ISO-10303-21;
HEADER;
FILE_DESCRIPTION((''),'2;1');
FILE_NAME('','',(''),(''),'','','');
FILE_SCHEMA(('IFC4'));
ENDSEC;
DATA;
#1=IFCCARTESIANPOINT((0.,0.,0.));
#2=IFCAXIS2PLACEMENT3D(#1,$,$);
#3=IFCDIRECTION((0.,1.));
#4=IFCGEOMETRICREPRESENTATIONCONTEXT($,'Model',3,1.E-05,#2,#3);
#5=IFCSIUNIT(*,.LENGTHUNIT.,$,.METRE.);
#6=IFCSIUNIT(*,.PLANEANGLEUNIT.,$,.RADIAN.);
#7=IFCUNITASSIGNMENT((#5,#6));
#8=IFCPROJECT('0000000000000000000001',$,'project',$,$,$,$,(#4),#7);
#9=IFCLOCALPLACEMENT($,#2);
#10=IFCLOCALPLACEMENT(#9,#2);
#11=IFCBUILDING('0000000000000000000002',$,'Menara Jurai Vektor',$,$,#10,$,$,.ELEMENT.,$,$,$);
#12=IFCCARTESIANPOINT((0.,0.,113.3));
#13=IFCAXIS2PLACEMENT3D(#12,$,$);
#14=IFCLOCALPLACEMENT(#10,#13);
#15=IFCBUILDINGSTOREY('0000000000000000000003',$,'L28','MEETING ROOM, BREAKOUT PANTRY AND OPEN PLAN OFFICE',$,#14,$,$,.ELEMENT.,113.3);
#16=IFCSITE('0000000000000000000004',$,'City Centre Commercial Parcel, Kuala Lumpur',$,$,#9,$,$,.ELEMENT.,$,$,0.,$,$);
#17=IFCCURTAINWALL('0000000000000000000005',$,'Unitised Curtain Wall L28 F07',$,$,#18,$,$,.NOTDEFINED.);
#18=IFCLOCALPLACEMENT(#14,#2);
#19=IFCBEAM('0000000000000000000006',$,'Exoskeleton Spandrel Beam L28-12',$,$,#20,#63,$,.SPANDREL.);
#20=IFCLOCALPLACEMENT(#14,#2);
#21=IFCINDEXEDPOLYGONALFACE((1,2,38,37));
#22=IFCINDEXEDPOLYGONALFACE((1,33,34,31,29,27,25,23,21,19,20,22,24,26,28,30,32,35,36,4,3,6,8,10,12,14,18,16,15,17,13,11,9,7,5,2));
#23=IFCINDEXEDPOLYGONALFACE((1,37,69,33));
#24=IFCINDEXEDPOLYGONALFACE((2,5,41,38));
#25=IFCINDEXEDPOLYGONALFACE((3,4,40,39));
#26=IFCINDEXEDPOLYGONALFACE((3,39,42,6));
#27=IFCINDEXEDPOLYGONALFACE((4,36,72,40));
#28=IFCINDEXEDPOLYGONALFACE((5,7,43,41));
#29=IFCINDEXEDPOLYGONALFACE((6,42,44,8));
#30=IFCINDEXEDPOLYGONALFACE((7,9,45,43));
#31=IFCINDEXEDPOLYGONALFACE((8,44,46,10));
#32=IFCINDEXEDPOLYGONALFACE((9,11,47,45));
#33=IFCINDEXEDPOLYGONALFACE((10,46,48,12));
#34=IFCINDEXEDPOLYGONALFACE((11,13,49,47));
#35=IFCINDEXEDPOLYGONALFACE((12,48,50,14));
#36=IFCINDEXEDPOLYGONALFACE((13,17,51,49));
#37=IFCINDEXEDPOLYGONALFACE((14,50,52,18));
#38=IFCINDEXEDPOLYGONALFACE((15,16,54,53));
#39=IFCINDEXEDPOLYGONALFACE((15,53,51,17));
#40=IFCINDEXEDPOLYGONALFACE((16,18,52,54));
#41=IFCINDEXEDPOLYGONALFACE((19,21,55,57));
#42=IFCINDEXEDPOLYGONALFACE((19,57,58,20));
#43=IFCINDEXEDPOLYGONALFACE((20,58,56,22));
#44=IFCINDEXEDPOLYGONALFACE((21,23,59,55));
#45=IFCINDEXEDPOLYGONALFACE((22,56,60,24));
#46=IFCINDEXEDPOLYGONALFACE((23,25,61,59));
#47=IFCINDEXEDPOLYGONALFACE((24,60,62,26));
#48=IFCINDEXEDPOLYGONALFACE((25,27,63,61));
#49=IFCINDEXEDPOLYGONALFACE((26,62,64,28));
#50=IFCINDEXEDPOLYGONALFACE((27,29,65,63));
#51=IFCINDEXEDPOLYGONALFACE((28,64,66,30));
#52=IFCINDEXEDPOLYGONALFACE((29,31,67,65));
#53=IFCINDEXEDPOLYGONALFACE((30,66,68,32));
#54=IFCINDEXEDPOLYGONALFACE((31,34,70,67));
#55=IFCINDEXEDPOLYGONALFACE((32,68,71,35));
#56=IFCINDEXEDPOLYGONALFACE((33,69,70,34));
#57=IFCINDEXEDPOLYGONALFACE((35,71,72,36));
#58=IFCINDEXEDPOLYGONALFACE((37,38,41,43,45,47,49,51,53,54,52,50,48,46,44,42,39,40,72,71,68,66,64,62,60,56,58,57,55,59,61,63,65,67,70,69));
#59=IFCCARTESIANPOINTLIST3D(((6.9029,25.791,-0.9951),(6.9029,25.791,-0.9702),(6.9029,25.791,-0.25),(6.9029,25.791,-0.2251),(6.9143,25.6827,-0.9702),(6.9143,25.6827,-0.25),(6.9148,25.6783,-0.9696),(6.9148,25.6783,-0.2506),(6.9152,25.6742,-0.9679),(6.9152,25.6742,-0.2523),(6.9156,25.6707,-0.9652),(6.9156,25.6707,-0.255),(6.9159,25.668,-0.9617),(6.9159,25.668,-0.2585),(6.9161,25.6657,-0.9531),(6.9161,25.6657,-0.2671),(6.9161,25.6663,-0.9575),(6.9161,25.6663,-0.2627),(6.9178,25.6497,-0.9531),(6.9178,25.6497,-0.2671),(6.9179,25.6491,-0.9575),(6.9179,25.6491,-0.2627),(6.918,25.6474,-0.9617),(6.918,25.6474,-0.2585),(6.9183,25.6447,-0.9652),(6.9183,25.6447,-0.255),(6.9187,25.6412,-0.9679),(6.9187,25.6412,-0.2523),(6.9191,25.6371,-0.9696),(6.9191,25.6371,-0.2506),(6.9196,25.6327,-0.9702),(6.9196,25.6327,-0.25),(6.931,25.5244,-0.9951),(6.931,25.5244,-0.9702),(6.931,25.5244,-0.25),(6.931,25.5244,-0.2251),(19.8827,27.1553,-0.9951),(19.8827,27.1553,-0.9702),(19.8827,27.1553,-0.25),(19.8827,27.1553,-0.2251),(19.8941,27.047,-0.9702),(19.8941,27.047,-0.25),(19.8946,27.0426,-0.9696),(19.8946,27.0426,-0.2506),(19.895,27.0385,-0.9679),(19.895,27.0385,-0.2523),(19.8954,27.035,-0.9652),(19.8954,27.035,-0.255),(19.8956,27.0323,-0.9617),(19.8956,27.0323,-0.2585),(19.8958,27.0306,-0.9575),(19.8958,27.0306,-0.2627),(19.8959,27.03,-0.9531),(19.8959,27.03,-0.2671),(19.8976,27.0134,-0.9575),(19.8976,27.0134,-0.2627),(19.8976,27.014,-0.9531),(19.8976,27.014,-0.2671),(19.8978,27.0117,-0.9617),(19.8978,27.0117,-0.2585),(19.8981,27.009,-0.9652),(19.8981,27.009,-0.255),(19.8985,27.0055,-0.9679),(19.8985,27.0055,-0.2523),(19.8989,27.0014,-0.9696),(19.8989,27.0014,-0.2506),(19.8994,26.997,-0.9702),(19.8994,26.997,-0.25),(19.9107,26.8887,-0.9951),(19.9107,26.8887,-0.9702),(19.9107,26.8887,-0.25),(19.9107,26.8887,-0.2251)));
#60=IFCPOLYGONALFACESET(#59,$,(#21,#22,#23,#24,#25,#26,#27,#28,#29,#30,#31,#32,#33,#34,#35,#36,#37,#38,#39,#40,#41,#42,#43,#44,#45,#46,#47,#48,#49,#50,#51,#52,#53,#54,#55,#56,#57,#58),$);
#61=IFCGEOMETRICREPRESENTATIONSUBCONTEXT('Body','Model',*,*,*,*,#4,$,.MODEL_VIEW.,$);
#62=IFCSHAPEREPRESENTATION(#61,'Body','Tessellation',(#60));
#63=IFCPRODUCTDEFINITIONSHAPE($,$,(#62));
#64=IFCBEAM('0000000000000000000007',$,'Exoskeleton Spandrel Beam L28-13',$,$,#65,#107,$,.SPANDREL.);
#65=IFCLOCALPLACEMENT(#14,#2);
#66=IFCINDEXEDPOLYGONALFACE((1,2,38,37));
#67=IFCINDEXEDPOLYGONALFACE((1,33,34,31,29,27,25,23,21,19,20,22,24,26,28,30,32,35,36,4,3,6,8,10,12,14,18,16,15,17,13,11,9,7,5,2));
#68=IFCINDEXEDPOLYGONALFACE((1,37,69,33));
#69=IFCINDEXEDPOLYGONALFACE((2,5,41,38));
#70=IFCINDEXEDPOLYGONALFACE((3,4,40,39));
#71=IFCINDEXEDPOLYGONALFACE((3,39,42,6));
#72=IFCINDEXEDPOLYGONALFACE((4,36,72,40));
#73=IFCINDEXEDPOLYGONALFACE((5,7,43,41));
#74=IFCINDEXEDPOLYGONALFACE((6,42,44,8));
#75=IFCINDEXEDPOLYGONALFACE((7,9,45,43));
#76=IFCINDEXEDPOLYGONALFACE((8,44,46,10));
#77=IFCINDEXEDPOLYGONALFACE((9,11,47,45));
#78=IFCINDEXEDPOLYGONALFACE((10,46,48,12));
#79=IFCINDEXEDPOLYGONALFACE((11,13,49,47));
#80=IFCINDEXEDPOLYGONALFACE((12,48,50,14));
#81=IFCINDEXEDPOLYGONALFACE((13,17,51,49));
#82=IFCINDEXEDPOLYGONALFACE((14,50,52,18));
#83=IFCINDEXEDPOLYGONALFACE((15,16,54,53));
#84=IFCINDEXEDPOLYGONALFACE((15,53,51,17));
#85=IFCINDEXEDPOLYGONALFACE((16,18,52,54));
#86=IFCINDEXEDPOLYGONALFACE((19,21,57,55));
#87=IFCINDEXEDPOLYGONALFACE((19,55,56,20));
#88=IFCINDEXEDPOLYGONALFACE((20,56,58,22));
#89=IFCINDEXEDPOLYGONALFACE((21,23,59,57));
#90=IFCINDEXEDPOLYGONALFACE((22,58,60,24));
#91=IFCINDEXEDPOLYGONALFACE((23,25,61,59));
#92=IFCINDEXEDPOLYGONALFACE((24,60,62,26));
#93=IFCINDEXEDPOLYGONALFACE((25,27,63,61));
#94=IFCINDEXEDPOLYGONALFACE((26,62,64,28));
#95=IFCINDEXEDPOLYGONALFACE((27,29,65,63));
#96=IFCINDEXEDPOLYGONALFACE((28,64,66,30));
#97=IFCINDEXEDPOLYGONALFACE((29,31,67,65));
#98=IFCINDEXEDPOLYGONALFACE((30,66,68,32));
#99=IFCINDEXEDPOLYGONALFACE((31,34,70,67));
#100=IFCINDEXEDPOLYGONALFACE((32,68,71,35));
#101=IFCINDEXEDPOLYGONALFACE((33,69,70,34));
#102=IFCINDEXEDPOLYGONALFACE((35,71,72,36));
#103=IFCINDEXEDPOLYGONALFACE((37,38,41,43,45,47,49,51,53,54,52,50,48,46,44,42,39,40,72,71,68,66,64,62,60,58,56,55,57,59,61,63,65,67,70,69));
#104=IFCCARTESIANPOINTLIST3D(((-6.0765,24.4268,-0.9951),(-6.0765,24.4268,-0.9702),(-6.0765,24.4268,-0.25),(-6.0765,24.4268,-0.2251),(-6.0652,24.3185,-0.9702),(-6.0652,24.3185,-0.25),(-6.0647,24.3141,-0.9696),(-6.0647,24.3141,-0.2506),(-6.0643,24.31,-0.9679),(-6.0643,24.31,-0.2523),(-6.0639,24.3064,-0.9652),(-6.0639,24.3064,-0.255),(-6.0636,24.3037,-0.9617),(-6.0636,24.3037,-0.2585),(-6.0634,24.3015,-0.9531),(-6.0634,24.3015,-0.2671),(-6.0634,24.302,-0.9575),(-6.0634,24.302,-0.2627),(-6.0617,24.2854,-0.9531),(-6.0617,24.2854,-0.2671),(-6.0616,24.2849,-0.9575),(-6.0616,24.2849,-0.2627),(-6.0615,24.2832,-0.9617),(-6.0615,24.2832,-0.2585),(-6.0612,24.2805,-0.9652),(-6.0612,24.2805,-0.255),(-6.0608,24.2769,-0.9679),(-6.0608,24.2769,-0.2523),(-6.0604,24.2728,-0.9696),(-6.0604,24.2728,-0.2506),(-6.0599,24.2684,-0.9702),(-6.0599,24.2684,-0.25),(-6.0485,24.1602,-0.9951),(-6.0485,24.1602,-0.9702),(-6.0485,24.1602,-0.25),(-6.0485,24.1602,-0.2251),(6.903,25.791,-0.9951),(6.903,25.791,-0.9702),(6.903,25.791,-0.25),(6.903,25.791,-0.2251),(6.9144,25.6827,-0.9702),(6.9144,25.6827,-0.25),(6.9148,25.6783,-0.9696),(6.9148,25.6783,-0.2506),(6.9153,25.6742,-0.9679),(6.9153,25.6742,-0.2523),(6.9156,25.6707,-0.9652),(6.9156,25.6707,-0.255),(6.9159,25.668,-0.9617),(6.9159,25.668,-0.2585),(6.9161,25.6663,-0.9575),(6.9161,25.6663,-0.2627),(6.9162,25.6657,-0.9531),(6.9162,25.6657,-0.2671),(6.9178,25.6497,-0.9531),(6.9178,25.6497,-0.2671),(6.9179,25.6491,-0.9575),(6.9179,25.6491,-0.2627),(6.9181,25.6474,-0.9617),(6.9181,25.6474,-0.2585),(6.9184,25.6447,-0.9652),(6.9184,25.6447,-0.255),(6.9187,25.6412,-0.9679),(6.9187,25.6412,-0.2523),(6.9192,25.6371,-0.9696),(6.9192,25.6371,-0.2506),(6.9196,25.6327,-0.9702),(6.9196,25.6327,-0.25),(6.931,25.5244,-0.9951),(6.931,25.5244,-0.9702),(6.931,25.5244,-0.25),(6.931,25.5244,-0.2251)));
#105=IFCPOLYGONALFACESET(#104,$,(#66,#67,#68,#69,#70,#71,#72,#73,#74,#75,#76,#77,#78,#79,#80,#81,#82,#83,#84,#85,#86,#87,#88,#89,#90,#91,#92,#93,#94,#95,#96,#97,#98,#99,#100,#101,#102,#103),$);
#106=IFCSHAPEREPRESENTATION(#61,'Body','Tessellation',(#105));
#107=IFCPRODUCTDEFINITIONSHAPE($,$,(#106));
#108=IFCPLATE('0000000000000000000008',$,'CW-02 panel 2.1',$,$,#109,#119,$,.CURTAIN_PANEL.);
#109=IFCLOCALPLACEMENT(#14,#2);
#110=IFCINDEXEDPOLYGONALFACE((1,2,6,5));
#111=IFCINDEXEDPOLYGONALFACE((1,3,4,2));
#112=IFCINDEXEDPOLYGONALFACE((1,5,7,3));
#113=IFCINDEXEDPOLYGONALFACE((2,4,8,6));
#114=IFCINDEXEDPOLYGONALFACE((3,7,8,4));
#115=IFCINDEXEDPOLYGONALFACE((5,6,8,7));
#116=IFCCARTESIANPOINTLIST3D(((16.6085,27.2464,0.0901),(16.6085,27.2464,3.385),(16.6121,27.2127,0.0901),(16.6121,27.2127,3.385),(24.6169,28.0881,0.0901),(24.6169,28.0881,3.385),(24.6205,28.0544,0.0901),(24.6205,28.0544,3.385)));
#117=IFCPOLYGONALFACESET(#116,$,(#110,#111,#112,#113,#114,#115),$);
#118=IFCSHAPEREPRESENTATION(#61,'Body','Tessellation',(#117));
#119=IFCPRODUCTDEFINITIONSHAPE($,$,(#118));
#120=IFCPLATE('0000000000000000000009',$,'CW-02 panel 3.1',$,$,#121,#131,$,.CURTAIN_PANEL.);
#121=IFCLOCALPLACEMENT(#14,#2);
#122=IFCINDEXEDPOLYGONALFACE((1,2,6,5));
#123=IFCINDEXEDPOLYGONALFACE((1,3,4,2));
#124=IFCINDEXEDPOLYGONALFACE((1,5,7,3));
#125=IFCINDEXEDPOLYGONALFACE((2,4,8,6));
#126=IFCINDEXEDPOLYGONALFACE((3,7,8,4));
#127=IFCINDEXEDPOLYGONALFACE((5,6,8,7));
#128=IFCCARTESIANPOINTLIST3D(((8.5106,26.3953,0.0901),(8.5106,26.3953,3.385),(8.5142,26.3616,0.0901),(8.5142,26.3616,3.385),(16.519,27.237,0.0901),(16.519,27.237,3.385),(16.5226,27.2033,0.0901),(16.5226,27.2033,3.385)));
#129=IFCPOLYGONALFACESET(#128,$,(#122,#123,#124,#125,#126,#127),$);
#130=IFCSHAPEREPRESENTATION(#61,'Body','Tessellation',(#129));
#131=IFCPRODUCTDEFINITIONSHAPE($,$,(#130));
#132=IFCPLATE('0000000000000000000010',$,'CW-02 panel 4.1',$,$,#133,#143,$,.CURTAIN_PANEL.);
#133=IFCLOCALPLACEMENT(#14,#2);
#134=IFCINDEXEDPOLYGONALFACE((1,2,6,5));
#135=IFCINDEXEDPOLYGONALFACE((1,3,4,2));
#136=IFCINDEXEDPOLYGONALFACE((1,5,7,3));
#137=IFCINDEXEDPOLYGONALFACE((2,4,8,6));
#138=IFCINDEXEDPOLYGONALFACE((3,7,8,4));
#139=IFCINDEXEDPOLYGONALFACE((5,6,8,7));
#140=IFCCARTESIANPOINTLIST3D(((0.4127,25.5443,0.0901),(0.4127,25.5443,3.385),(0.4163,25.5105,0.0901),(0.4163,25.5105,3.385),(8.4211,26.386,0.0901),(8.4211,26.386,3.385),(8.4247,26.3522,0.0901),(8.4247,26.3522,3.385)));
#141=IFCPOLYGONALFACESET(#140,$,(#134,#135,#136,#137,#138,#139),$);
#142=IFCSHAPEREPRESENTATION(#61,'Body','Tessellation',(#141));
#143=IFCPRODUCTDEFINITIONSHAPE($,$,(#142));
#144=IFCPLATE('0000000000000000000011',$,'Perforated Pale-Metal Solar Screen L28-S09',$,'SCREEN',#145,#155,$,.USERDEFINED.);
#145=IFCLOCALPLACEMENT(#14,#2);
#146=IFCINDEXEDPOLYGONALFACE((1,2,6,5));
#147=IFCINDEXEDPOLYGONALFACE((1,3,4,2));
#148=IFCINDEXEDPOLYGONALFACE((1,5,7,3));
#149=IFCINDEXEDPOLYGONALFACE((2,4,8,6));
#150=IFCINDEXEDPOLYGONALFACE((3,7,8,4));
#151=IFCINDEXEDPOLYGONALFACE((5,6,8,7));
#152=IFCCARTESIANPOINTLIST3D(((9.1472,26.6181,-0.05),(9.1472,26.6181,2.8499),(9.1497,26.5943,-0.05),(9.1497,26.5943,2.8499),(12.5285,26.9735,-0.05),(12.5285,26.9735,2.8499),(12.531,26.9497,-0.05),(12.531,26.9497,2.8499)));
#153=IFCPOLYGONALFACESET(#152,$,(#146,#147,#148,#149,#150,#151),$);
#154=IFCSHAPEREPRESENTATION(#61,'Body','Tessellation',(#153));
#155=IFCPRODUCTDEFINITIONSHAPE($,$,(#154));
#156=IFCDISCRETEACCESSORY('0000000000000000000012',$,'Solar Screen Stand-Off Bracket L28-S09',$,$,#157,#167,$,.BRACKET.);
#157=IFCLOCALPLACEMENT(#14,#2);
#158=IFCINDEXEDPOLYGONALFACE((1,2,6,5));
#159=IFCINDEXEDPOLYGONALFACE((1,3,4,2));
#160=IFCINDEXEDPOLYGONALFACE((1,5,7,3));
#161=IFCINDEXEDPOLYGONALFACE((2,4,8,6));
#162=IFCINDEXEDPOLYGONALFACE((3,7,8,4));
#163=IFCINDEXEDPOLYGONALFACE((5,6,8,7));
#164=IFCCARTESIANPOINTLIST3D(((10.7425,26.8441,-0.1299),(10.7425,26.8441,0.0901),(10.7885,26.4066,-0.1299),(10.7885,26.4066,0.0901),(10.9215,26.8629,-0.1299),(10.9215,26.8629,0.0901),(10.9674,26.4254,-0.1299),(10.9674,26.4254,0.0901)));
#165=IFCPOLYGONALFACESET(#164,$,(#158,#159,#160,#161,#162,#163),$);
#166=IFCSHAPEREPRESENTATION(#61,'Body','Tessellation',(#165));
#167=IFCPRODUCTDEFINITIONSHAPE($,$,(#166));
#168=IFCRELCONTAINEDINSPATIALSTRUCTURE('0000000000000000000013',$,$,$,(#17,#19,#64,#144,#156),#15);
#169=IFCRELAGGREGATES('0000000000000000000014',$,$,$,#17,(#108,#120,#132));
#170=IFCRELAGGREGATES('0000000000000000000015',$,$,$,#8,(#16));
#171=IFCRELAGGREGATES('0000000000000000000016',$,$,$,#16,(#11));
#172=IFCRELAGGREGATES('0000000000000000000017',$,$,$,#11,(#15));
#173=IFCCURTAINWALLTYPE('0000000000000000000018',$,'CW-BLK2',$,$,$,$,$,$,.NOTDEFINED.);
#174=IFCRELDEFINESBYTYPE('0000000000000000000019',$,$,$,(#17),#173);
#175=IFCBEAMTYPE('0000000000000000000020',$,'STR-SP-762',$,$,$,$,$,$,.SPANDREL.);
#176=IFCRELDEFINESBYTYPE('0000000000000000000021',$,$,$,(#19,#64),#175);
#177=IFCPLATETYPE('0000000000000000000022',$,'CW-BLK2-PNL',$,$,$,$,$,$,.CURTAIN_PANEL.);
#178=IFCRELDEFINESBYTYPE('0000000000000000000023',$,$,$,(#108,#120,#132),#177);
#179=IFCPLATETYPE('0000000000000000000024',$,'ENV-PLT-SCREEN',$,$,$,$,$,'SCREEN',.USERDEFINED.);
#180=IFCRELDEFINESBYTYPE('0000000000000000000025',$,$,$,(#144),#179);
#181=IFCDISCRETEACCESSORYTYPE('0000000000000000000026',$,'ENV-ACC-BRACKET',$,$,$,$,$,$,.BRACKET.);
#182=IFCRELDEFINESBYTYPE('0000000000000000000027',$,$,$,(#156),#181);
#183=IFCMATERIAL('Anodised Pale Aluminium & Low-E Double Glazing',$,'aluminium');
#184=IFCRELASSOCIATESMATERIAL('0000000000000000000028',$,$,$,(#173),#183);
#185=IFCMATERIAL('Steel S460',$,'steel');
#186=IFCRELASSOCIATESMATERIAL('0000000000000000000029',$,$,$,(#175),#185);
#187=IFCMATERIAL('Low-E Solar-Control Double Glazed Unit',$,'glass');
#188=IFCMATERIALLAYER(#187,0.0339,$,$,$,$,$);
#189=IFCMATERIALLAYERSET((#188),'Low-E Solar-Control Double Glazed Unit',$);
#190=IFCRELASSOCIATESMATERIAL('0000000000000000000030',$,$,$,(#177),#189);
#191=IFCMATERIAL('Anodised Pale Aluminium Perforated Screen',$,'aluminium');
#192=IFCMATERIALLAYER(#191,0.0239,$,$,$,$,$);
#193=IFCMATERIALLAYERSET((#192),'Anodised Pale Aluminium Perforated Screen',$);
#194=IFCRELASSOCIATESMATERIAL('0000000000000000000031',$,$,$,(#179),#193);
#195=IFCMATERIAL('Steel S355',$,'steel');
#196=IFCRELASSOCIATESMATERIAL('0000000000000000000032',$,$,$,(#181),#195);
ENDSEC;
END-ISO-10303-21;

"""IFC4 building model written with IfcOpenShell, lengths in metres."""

from ifc_helpers import new_model, si_unit, direction, frame, origin, origin_2d, place, context, subcontext, project, spatial, rectangle, i_section, extrude, material, layer, layer_set, material_profile, profile_set, type_object, element, aggregate, save


model = new_model("IFC4")

# Units and contexts
model_context = context("Model", 3, precision=1e-05, world=origin(), true_north=direction((0.0, 1.0)))
body_context = subcontext(model_context, "Body", "Model", "MODEL_VIEW")
ifc_project = project(units=[si_unit("LENGTHUNIT", "METRE"), si_unit("PLANEANGLEUNIT", "RADIAN")], contexts=[model_context])

# Site, building, storey
site_placement = place(None, origin())
site = spatial("IfcSite", under=ifc_project, at=site_placement, Name="City Centre Commercial Parcel, Kuala Lumpur", CompositionType="ELEMENT", RefElevation=0.0)
building_placement = place(site_placement, origin())
building = spatial("IfcBuilding", under=site, at=building_placement, Name="Menara Jurai Vektor", CompositionType="ELEMENT")
storey_placement = place(building_placement, frame((0.0, 0.0, 113.3)))
storey = spatial("IfcBuildingStorey", under=building, at=storey_placement, Name="L28", Description="MEETING ROOM, BREAKOUT PANTRY AND OPEN PLAN OFFICE", CompositionType="ELEMENT", Elevation=113.3)

# Shared definitions
ifc_material_1 = material(Name="Steel S460", Category="steel")

# Curtain wall
ifc_material_2 = material(Name="Anodised Pale Aluminium & Low-E Double Glazing", Category="aluminium")
curtain_wall_type = type_object("IfcCurtainWallType", Name="CW-BLK2", PredefinedType="NOTDEFINED", material=ifc_material_2)
curtain_wall_placement = place(storey_placement, origin())
curtain_wall = element("IfcCurtainWall", 1, at=curtain_wall_placement, inside=storey, type_object=curtain_wall_type, Name="Unitised Curtain Wall L28 F07", PredefinedType="NOTDEFINED")

# Beams
ifc_material_3 = material(Name="Steel S355", Category="steel")
ifc_material_profile_1 = material_profile(ifc_material_1, i_section(OverallWidth=0.2681, OverallDepth=0.77, WebThickness=0.0161, FlangeThickness=0.0249, FilletRadius=0.0171, at=origin_2d()), Name="UKB 762x267x197")
ifc_profile_set_1 = profile_set([ifc_material_profile_1], Name="Steel S460")
beam_type_1 = type_object("IfcBeamType", Name="STR-SP-762", PredefinedType="SPANDREL", material=ifc_profile_set_1)
beam_1_placement = place(storey_placement, frame((19.8967, 27.022, -0.6101), z_axis=(-0.994522, -0.104531, 0.0), x_axis=(0.104531, -0.994522, 0.0)))
element("IfcBeam", 2, at=beam_1_placement, inside=storey, type_object=beam_type_1, Name="Exoskeleton Spandrel Beam L28-12", PredefinedType="SPANDREL", context=body_context, shape_type="SweptSolid", body=[
    extrude(i_section(OverallWidth=0.2681, OverallDepth=0.77, WebThickness=0.0161, FlangeThickness=0.0249, FilletRadius=0.0171, at=origin_2d()), origin(), (0.0, 0.0, 1.0), 13.0513),
])
beam_2_placement = place(storey_placement, frame((6.917, 25.6577, -0.6101), z_axis=(-0.994521, -0.104533, 0.0), x_axis=(0.104533, -0.994521, 0.0)))
element("IfcBeam", 3, at=beam_2_placement, inside=storey, type_object=beam_type_1, Name="Exoskeleton Spandrel Beam L28-13", PredefinedType="SPANDREL", context=body_context, shape_type="SweptSolid", body=[
    extrude(i_section(OverallWidth=0.2681, OverallDepth=0.77, WebThickness=0.0161, FlangeThickness=0.0249, FilletRadius=0.0171, at=origin_2d()), origin(), (0.0, 0.0, 1.0), 13.051),
])

# Plates
ifc_material_4 = material(Name="Low-E Solar-Control Double Glazed Unit", Category="glass")
ifc_layer_1 = layer(ifc_material_4, 0.0339)
ifc_layer_set_1 = layer_set([ifc_layer_1], Name="Low-E Solar-Control Double Glazed Unit")
plate_type_1 = type_object("IfcPlateType", Name="CW-BLK2-PNL", PredefinedType="CURTAIN_PANEL", material=ifc_layer_set_1)
plate_1_placement = place(storey_placement, frame((20.6145, 27.6504, 0.0901), z_axis=(0.0, 0.0, 1.0), x_axis=(-0.994522, -0.104529, 0.0)))
plate_1 = element("IfcPlate", 4, at=plate_1_placement, type_object=plate_type_1, Name="CW-02 panel 2.1", PredefinedType="CURTAIN_PANEL", context=body_context, shape_type="SweptSolid", body=[
    extrude(rectangle(XDim=8.0525, YDim=0.0339, at=origin_2d()), origin(), (0.0, 0.0, 1.0), 3.2949),
])
plate_2_placement = place(storey_placement, frame((12.5166, 26.7993, 0.0901), z_axis=(0.0, 0.0, 1.0), x_axis=(-0.994522, -0.104529, 0.0)))
plate_2 = element("IfcPlate", 5, at=plate_2_placement, type_object=plate_type_1, Name="CW-02 panel 3.1", PredefinedType="CURTAIN_PANEL", context=body_context, shape_type="SweptSolid", body=[
    extrude(rectangle(XDim=8.0525, YDim=0.0339, at=origin_2d()), origin(), (0.0, 0.0, 1.0), 3.2949),
])
plate_3_placement = place(storey_placement, frame((4.4187, 25.9482, 0.0901), z_axis=(0.0, 0.0, 1.0), x_axis=(-0.994522, -0.104529, 0.0)))
plate_3 = element("IfcPlate", 6, at=plate_3_placement, type_object=plate_type_1, Name="CW-02 panel 4.1", PredefinedType="CURTAIN_PANEL", context=body_context, shape_type="SweptSolid", body=[
    extrude(rectangle(XDim=8.0525, YDim=0.0339, at=origin_2d()), origin(), (0.0, 0.0, 1.0), 3.2949),
])
aggregate(curtain_wall, [plate_1, plate_2, plate_3])
ifc_material_5 = material(Name="Anodised Pale Aluminium Perforated Screen", Category="aluminium")
ifc_layer_2 = layer(ifc_material_5, 0.0239)
ifc_layer_set_2 = layer_set([ifc_layer_2], Name="Anodised Pale Aluminium Perforated Screen")
plate_type_2 = type_object("IfcPlateType", Name="ENV-PLT-SCREEN", ElementType="SCREEN", PredefinedType="USERDEFINED", material=ifc_layer_set_2)
plate_4_placement = place(storey_placement, frame((10.8391, 26.7839, -0.05), z_axis=(0.0, 0.0, 1.0), x_axis=(-0.994522, -0.104528, 0.0)))
element("IfcPlate", 7, at=plate_4_placement, inside=storey, type_object=plate_type_2, Name="Perforated Pale-Metal Solar Screen L28-S09", ObjectType="SCREEN", PredefinedType="USERDEFINED", context=body_context, shape_type="SweptSolid", body=[
    extrude(rectangle(XDim=3.3999, YDim=0.0239, at=origin_2d()), origin(), (0.0, 0.0, 1.0), 2.8999),
])

# Discrete accessory
discrete_accessory_type = type_object("IfcDiscreteAccessoryType", Name="ENV-ACC-BRACKET", PredefinedType="BRACKET", material=ifc_material_3)
discrete_accessory_placement = place(storey_placement, frame((10.855, 26.6348, -0.1299), z_axis=(0.0, 0.0, 1.0), x_axis=(-0.994522, -0.104528, 0.0)))
element("IfcDiscreteAccessory", 8, at=discrete_accessory_placement, inside=storey, type_object=discrete_accessory_type, Name="Solar Screen Stand-Off Bracket L28-S09", PredefinedType="BRACKET", context=body_context, shape_type="SweptSolid", body=[
    extrude(rectangle(XDim=0.1799, YDim=0.4399, at=origin_2d()), origin(), (0.0, 0.0, 1.0), 0.22),
])

save(model, "model.ifc")
